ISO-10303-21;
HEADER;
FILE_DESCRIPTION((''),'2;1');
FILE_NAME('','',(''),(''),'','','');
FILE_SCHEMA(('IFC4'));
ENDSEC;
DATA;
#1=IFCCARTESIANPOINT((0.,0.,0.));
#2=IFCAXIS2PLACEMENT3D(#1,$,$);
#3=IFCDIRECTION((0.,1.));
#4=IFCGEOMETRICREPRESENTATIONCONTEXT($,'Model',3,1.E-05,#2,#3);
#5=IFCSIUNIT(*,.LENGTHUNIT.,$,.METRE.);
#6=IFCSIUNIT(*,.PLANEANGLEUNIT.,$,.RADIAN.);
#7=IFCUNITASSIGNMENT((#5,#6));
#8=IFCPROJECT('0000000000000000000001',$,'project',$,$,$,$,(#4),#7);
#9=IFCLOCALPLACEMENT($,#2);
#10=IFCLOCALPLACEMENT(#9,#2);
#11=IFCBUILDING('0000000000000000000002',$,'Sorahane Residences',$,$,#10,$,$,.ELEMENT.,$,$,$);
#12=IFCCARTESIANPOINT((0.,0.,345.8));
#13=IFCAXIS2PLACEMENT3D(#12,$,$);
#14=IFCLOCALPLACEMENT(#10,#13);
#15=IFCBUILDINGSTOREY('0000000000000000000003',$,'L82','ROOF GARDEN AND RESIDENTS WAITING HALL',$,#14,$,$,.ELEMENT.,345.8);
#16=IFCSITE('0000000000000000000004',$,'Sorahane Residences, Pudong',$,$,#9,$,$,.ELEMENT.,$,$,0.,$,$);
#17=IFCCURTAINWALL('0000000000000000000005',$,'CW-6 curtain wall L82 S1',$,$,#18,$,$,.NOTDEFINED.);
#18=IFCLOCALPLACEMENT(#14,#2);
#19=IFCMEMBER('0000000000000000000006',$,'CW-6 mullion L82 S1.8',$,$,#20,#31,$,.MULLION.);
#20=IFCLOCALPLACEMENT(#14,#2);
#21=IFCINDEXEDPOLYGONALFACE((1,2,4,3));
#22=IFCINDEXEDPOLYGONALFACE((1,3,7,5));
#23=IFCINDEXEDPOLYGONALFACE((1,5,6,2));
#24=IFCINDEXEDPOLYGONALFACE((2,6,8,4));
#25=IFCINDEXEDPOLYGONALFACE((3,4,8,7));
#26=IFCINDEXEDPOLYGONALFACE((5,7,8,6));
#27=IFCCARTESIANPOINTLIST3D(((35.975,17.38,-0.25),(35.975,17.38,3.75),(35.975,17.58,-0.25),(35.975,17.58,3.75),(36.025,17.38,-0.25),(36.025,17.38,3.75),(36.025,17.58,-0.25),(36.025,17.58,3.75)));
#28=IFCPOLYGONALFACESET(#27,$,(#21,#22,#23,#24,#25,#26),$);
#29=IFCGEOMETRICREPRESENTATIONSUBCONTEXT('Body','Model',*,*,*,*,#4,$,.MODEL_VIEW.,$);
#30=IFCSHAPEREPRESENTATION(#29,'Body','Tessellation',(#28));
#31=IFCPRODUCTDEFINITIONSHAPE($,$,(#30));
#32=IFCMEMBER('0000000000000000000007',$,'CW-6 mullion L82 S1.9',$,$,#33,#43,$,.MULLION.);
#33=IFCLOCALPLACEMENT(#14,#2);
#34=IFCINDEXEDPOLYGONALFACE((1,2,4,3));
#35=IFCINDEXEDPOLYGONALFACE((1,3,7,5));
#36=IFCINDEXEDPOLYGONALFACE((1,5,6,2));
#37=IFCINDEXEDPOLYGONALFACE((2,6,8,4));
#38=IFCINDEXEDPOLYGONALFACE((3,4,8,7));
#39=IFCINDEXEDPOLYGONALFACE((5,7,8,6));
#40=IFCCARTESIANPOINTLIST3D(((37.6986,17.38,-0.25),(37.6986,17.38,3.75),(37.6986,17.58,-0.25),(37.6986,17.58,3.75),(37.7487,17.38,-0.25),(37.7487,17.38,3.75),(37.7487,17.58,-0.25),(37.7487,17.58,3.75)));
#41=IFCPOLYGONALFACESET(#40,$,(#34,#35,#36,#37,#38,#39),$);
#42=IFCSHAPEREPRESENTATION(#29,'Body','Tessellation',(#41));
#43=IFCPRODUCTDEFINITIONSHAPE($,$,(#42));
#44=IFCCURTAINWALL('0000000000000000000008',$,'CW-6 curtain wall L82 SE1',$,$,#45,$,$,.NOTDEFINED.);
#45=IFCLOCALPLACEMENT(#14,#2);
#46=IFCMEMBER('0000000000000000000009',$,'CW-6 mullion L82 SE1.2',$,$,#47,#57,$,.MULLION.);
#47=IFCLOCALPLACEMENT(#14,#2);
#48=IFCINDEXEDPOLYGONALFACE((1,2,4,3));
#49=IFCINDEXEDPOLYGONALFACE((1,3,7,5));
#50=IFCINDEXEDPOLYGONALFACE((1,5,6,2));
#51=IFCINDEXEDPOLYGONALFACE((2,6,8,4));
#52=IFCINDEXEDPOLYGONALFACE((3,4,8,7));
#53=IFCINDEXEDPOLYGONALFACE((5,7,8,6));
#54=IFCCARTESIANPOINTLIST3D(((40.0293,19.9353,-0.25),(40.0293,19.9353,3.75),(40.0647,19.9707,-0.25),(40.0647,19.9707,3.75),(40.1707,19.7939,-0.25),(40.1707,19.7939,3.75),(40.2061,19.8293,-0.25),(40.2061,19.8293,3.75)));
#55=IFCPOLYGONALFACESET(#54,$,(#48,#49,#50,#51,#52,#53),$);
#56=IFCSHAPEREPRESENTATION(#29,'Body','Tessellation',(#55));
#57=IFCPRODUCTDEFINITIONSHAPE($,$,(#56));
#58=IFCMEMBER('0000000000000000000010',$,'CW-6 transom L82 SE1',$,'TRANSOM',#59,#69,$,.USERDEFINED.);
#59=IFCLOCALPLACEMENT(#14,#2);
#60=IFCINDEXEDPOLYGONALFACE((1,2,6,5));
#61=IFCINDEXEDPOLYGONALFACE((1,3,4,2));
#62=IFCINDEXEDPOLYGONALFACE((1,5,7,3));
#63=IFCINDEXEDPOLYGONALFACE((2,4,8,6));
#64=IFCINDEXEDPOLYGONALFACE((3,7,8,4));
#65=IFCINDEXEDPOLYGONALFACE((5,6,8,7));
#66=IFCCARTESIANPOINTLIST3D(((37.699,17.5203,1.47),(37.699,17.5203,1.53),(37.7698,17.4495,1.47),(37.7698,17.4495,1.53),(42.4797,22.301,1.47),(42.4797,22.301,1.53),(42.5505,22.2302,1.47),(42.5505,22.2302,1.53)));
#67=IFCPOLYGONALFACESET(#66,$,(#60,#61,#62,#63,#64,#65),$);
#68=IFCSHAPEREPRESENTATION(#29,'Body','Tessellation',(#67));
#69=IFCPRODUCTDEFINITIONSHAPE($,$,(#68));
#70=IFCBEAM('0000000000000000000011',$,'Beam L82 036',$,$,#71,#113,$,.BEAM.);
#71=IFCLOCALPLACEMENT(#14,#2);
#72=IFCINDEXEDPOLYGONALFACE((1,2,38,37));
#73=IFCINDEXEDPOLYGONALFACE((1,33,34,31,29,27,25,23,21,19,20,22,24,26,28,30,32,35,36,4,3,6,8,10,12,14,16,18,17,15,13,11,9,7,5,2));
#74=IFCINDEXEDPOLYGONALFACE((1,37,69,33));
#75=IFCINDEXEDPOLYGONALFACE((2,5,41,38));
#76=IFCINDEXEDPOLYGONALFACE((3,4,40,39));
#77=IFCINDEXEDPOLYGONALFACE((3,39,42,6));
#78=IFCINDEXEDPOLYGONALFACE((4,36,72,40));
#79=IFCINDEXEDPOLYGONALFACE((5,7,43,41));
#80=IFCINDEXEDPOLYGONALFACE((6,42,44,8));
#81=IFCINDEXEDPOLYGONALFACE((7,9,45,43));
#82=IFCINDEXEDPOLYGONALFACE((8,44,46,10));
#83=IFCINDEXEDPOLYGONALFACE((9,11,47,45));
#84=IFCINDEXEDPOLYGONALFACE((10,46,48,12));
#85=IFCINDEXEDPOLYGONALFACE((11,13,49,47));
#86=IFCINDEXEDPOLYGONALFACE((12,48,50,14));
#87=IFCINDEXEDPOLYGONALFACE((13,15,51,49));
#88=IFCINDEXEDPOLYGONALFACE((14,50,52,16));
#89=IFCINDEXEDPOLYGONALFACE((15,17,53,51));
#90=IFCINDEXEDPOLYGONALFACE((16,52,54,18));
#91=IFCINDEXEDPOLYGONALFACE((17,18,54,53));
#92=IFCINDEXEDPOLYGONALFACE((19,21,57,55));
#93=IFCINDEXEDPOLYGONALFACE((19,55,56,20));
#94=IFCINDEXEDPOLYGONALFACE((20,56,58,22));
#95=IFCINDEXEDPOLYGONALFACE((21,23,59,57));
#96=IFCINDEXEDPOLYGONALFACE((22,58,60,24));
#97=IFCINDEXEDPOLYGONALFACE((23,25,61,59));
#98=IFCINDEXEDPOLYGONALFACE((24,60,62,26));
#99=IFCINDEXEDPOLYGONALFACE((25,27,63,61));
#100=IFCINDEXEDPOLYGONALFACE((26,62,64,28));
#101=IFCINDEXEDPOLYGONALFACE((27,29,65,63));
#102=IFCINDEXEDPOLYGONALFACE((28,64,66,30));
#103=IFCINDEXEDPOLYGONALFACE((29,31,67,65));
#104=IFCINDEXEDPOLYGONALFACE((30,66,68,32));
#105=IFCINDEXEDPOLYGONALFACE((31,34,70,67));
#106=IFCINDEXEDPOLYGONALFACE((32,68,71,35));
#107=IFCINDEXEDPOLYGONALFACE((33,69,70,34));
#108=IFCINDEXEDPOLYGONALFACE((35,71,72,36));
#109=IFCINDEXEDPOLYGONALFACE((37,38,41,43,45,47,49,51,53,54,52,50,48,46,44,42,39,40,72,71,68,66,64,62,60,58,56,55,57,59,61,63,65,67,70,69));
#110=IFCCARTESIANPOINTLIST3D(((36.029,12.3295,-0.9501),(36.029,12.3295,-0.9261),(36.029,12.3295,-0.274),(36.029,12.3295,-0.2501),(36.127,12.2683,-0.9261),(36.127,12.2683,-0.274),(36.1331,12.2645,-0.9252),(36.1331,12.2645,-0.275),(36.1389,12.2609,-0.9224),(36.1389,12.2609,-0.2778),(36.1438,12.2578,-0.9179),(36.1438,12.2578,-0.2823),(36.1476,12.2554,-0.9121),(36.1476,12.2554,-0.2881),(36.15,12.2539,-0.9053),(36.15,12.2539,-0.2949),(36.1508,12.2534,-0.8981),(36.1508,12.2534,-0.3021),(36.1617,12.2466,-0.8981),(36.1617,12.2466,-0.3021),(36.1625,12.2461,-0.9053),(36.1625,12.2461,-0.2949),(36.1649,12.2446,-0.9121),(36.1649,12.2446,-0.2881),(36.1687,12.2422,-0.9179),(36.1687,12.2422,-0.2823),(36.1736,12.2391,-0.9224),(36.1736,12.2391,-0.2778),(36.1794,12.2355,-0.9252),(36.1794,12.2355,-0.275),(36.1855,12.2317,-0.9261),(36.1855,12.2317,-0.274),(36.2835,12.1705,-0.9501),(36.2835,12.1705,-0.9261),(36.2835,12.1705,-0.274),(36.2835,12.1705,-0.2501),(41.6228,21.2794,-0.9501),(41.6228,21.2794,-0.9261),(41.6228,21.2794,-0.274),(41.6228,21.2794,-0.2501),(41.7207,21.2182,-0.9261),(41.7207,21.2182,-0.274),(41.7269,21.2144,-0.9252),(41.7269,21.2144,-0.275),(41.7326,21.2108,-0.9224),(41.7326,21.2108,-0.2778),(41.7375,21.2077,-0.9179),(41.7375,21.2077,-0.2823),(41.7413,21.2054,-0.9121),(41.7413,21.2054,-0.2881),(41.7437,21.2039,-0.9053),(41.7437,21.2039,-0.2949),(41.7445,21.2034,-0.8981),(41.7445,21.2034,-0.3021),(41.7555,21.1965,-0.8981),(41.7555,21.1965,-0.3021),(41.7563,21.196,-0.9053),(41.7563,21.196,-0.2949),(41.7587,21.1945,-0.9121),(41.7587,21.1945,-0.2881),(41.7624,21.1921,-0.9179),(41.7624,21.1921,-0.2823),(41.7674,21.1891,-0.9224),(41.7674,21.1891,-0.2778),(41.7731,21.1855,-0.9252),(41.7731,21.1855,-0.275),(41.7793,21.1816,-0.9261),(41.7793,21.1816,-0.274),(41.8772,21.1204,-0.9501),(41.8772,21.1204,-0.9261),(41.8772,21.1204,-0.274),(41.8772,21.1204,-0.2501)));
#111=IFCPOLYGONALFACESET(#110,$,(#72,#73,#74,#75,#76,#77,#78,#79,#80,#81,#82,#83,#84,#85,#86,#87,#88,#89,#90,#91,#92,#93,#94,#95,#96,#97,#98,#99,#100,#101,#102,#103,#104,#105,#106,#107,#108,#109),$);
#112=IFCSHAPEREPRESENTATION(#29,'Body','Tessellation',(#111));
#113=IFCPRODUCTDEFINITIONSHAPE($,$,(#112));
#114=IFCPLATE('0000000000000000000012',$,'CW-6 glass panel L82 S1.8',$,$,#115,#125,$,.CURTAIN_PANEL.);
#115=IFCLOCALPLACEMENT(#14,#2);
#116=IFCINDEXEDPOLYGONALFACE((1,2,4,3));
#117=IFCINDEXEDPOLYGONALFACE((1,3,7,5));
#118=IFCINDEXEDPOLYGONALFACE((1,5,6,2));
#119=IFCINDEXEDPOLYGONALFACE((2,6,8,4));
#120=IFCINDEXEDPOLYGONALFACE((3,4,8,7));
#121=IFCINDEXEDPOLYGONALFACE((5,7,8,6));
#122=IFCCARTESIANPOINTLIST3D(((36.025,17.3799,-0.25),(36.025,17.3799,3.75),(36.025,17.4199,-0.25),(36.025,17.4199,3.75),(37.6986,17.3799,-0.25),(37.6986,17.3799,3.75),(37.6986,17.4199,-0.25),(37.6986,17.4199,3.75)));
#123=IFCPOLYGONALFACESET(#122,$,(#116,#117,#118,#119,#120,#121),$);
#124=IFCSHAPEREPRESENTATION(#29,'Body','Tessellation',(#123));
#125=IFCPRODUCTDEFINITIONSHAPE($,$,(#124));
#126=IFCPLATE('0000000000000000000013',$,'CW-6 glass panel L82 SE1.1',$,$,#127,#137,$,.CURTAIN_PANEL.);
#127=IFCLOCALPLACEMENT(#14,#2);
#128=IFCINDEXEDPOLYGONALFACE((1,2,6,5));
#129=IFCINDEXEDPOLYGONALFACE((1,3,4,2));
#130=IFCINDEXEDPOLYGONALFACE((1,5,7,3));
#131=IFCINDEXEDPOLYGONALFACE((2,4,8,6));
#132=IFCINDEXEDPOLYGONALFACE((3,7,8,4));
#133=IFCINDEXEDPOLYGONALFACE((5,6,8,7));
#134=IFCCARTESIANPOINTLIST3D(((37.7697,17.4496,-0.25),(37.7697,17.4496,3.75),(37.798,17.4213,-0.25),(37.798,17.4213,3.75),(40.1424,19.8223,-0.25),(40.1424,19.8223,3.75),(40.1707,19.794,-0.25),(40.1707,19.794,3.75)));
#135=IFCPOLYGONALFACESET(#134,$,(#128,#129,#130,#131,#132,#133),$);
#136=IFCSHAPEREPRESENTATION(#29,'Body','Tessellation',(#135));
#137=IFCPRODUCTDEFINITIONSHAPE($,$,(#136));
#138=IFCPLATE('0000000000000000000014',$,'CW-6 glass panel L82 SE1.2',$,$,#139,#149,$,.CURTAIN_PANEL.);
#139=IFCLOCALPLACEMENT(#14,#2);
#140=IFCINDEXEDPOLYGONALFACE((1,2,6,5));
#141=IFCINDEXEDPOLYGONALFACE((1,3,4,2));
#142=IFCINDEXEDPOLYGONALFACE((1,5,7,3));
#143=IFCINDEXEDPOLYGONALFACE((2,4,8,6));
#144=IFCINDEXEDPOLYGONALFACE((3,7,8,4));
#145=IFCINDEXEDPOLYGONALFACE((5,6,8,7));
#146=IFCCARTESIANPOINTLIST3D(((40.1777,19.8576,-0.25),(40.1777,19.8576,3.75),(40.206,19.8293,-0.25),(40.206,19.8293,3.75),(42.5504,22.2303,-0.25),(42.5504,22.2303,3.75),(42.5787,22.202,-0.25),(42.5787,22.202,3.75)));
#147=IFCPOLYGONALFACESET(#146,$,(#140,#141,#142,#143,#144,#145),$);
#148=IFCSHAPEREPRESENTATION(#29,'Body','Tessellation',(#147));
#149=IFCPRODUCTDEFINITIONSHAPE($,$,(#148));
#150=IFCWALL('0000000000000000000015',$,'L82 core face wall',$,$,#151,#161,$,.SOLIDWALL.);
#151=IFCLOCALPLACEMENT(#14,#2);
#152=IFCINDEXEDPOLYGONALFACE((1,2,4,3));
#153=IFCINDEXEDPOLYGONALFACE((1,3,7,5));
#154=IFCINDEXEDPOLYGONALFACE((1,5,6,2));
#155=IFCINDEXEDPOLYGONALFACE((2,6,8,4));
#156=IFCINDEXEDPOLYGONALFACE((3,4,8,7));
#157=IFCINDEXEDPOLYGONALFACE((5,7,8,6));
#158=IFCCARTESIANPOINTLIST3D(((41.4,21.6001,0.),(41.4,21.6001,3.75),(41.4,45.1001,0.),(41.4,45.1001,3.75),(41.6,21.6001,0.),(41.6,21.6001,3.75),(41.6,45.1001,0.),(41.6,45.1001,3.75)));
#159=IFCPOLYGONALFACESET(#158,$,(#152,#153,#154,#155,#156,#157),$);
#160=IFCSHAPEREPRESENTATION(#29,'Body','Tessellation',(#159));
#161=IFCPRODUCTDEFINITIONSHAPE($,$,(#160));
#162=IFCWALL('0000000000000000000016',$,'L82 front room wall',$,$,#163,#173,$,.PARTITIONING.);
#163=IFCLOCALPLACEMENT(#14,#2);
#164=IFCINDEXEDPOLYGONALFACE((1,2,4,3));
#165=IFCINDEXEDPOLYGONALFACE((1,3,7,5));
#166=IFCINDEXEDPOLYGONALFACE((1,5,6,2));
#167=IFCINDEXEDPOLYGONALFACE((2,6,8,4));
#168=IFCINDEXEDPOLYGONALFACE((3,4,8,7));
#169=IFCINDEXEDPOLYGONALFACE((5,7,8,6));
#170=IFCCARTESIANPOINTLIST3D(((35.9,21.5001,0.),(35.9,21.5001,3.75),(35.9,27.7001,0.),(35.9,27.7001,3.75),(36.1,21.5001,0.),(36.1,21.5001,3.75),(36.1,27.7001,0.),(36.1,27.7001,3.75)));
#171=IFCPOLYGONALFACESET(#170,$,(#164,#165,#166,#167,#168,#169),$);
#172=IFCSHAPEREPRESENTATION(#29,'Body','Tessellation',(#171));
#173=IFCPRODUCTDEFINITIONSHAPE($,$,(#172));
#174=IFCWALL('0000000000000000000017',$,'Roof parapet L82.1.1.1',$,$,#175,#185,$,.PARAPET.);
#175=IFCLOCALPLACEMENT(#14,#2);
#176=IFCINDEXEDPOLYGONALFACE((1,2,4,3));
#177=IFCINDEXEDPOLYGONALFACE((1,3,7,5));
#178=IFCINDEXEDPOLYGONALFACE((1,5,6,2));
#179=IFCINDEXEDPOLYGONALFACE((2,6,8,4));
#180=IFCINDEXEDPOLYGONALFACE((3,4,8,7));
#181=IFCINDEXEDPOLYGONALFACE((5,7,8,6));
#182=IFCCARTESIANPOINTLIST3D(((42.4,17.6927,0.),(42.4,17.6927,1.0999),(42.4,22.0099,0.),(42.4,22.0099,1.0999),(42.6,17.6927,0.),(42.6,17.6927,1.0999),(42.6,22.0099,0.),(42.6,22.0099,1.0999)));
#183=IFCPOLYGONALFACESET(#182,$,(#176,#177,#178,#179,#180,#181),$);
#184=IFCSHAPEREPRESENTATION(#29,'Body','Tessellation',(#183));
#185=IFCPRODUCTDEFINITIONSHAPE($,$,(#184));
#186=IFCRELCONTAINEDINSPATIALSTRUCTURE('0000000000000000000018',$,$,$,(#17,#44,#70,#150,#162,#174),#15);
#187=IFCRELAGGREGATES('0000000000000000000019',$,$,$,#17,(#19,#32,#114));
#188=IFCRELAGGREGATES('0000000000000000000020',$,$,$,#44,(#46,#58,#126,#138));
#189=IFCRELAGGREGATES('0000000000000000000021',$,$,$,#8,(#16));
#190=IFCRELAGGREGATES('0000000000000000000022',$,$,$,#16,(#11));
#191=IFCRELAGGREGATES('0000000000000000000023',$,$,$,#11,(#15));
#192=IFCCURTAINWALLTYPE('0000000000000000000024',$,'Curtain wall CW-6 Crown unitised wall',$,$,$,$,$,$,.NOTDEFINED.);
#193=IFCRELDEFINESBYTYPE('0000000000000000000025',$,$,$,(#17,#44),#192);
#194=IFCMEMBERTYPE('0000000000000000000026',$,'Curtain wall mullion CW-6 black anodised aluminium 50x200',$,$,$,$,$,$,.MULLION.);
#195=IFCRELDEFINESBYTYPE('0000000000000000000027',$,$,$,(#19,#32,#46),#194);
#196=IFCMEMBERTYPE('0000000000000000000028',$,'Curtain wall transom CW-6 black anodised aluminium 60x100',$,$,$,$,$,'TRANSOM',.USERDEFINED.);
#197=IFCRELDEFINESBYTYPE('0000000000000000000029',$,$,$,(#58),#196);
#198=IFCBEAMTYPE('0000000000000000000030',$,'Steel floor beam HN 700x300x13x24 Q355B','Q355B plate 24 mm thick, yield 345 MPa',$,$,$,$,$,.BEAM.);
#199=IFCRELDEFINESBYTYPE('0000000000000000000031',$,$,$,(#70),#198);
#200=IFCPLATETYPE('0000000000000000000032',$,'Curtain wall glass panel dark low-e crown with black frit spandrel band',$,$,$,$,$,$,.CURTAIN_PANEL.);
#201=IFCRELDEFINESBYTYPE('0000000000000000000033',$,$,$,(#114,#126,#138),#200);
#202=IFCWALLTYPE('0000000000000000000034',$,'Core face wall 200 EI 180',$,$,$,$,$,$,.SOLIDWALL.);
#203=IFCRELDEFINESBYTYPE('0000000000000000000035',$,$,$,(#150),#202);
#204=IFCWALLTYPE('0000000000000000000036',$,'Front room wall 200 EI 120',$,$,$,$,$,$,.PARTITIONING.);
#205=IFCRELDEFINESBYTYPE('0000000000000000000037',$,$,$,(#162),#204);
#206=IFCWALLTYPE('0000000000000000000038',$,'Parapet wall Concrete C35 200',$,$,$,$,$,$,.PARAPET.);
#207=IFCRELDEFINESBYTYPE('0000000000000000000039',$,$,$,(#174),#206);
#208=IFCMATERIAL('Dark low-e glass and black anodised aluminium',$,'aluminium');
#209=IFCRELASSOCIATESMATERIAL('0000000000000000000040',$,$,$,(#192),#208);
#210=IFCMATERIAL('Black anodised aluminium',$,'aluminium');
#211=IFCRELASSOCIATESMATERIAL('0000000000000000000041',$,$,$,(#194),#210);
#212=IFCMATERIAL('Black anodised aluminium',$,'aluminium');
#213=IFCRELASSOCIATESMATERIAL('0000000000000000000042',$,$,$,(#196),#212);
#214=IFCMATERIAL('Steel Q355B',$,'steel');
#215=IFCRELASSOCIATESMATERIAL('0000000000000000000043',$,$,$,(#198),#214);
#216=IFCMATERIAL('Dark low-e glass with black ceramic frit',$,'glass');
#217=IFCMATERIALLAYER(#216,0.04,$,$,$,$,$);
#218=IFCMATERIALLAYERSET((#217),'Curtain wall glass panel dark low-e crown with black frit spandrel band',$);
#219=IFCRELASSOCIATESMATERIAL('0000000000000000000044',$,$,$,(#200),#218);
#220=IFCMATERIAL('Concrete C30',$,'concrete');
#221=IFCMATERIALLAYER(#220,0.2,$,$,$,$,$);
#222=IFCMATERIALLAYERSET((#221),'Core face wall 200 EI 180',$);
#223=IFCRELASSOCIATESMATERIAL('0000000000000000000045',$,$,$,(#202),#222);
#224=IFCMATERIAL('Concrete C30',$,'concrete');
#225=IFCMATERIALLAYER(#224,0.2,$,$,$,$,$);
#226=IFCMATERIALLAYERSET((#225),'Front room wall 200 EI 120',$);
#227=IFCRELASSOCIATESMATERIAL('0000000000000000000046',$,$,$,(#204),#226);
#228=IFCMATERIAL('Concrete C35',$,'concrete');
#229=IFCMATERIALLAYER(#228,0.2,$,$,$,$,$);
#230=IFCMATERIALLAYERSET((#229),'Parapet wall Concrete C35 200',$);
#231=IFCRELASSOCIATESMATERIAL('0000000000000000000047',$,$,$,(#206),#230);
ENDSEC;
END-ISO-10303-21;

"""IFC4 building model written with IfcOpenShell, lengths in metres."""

from ifc_helpers import new_model, si_unit, direction, frame, frame_2d, origin, origin_2d, place, context, subcontext, project, spatial, rectangle, i_section, extrude, material, layer, layer_set, material_profile, profile_set, type_object, element, aggregate, save


model = new_model("IFC4")

# Units and contexts
model_context = context("Model", 3, precision=1e-05, world=origin(), true_north=direction((0.0, 1.0)))
body_context = subcontext(model_context, "Body", "Model", "MODEL_VIEW")
ifc_project = project(units=[si_unit("LENGTHUNIT", "METRE"), si_unit("PLANEANGLEUNIT", "RADIAN")], contexts=[model_context])

# Site, building, storey
site_placement = place(None, origin())
site = spatial("IfcSite", under=ifc_project, at=site_placement, Name="Sorahane Residences, Pudong", CompositionType="ELEMENT", RefElevation=0.0)
building_placement = place(site_placement, origin())
building = spatial("IfcBuilding", under=site, at=building_placement, Name="Sorahane Residences", CompositionType="ELEMENT")
storey_placement = place(building_placement, frame((0.0, 0.0, 345.8)))
storey = spatial("IfcBuildingStorey", under=building, at=storey_placement, Name="L82", Description="ROOF GARDEN AND RESIDENTS WAITING HALL", CompositionType="ELEMENT", Elevation=345.8)

# Curtain walls, members
ifc_material_1 = material(Name="Dark low-e glass and black anodised aluminium", Category="aluminium")
curtain_wall_type = type_object("IfcCurtainWallType", Name="Curtain wall CW-6 Crown unitised wall", PredefinedType="NOTDEFINED", material=ifc_material_1)
curtain_wall_1_placement = place(storey_placement, origin())
curtain_wall_1 = element("IfcCurtainWall", 1, at=curtain_wall_1_placement, inside=storey, type_object=curtain_wall_type, Name="CW-6 curtain wall L82 S1", PredefinedType="NOTDEFINED")
ifc_material_2 = material(Name="Black anodised aluminium", Category="aluminium")
ifc_material_profile_1 = material_profile(ifc_material_2, rectangle(XDim=0.2, YDim=0.05, at=origin_2d()), Name="Curtain wall mullion CW-6 black anodised aluminium 50x200")
ifc_profile_set_1 = profile_set([ifc_material_profile_1], Name="Black anodised aluminium")
member_type_1 = type_object("IfcMemberType", Name="Curtain wall mullion CW-6 black anodised aluminium 50x200", PredefinedType="MULLION", material=ifc_profile_set_1)
member_1_placement = place(storey_placement, frame((36.0, 17.48, -0.25), z_axis=(0.0, 0.0, 1.0), x_axis=(0.0, -1.0, 0.0)))
member_1 = element("IfcMember", 2, at=member_1_placement, type_object=member_type_1, Name="CW-6 mullion L82 S1.8", PredefinedType="MULLION", context=body_context, shape_type="SweptSolid", body=[
    extrude(rectangle(XDim=0.2, YDim=0.05, at=origin_2d()), origin(), (0.0, 0.0, 1.0), 4.0),
])
member_2_placement = place(storey_placement, frame((37.7236, 17.48, -0.25), z_axis=(0.0, 0.0, 1.0), x_axis=(0.0, -1.0, 0.0)))
member_2 = element("IfcMember", 3, at=member_2_placement, type_object=member_type_1, Name="CW-6 mullion L82 S1.9", PredefinedType="MULLION", context=body_context, shape_type="SweptSolid", body=[
    extrude(rectangle(XDim=0.2, YDim=0.05, at=origin_2d()), origin(), (0.0, 0.0, 1.0), 4.0),
])
curtain_wall_2_placement = place(storey_placement, origin())
curtain_wall_2 = element("IfcCurtainWall", 4, at=curtain_wall_2_placement, inside=storey, type_object=curtain_wall_type, Name="CW-6 curtain wall L82 SE1", PredefinedType="NOTDEFINED")
member_3_placement = place(storey_placement, frame((40.1177, 19.8823, -0.25), z_axis=(0.0, 0.0, 1.0), x_axis=(0.707107, -0.707107, 0.0)))
member_3 = element("IfcMember", 5, at=member_3_placement, type_object=member_type_1, Name="CW-6 mullion L82 SE1.2", PredefinedType="MULLION", context=body_context, shape_type="SweptSolid", body=[
    extrude(rectangle(XDim=0.2, YDim=0.05, at=origin_2d()), origin(), (0.0, 0.0, 1.0), 4.0),
])
ifc_material_3 = material(Name="Black anodised aluminium", Category="aluminium")
ifc_material_profile_2 = material_profile(ifc_material_3, rectangle(XDim=0.1001, YDim=0.0601, at=origin_2d()), Name="Curtain wall transom CW-6 black anodised aluminium 60x100")
ifc_profile_set_2 = profile_set([ifc_material_profile_2], Name="Black anodised aluminium")
member_type_2 = type_object("IfcMemberType", Name="Curtain wall transom CW-6 black anodised aluminium 60x100", ElementType="TRANSOM", PredefinedType="USERDEFINED", material=ifc_profile_set_2)
member_4_placement = place(storey_placement, frame((37.7344, 17.4849, 1.5), z_axis=(0.707107, 0.707107, 0.0), x_axis=(-0.707107, 0.707107, 0.0)))
member_4 = element("IfcMember", 6, at=member_4_placement, type_object=member_type_2, Name="CW-6 transom L82 SE1", ObjectType="TRANSOM", PredefinedType="USERDEFINED", context=body_context, shape_type="SweptSolid", body=[
    extrude(rectangle(XDim=0.1001, YDim=0.0601, at=origin_2d()), origin(), (0.0, 0.0, 1.0), 6.761),
])

# Beam
ifc_material_4 = material(Name="Steel Q355B", Category="steel")
ifc_material_profile_3 = material_profile(ifc_material_4, i_section(OverallWidth=0.3, OverallDepth=0.7, WebThickness=0.0129, FlangeThickness=0.0239, FilletRadius=0.0281, at=origin_2d()), Name="HN 700x300x13x24")
ifc_profile_set_3 = profile_set([ifc_material_profile_3], Name="Steel Q355B")
beam_type = type_object("IfcBeamType", Name="Steel floor beam HN 700x300x13x24 Q355B", Description="Q355B plate 24 mm thick, yield 345 MPa", PredefinedType="BEAM", material=ifc_profile_set_3)
beam_placement = place(storey_placement, frame((36.1562, 12.25, -0.6001), z_axis=(0.530001, 0.847997, 0.0), x_axis=(-0.847997, 0.530001, 0.0)))
element("IfcBeam", 7, at=beam_placement, inside=storey, type_object=beam_type, Name="Beam L82 036", PredefinedType="BEAM", context=body_context, shape_type="SweptSolid", body=[
    extrude(i_section(OverallWidth=0.3, OverallDepth=0.7, WebThickness=0.0129, FlangeThickness=0.0239, FilletRadius=0.0281, at=origin_2d()), origin(), (0.0, 0.0, 1.0), 10.5542),
])

# Plates
ifc_material_5 = material(Name="Dark low-e glass with black ceramic frit", Category="glass")
ifc_layer_1 = layer(ifc_material_5, 0.04)
ifc_layer_set_1 = layer_set([ifc_layer_1], Name="Curtain wall glass panel dark low-e crown with black frit spandrel band")
plate_type = type_object("IfcPlateType", Name="Curtain wall glass panel dark low-e crown with black frit spandrel band", PredefinedType="CURTAIN_PANEL", material=ifc_layer_set_1)
plate_1_placement = place(storey_placement, frame((36.8618, 17.3999, -0.25), z_axis=(0.0, 0.0, 1.0), x_axis=(1.0, 0.0, 0.0)))
plate_1 = element("IfcPlate", 8, at=plate_1_placement, type_object=plate_type, Name="CW-6 glass panel L82 S1.8", PredefinedType="CURTAIN_PANEL", context=body_context, shape_type="SweptSolid", body=[
    extrude(rectangle(XDim=1.6736, YDim=0.04, at=origin_2d()), origin(), (0.0, 0.0, 1.0), 4.0),
])
aggregate(curtain_wall_1, [member_1, member_2, plate_1])
plate_2_placement = place(storey_placement, frame((38.9702, 18.6218, -0.25), z_axis=(0.0, 0.0, 1.0), x_axis=(0.707107, 0.707107, 0.0)))
plate_2 = element("IfcPlate", 9, at=plate_2_placement, type_object=plate_type, Name="CW-6 glass panel L82 SE1.1", PredefinedType="CURTAIN_PANEL", context=body_context, shape_type="SweptSolid", body=[
    extrude(rectangle(XDim=3.3555, YDim=0.04, at=origin_2d()), origin(), (0.0, 0.0, 1.0), 4.0),
])
plate_3_placement = place(storey_placement, frame((41.3782, 21.0298, -0.25), z_axis=(0.0, 0.0, 1.0), x_axis=(0.707107, 0.707107, 0.0)))
plate_3 = element("IfcPlate", 10, at=plate_3_placement, type_object=plate_type, Name="CW-6 glass panel L82 SE1.2", PredefinedType="CURTAIN_PANEL", context=body_context, shape_type="SweptSolid", body=[
    extrude(rectangle(XDim=3.3555, YDim=0.04, at=origin_2d()), origin(), (0.0, 0.0, 1.0), 4.0),
])
aggregate(curtain_wall_2, [member_3, member_4, plate_2, plate_3])

# Walls
ifc_material_6 = material(Name="Concrete C30", Category="concrete")
ifc_layer_2 = layer(ifc_material_6, 0.2)
ifc_layer_set_2 = layer_set([ifc_layer_2], Name="Core face wall 200 EI 180")
wall_type_1 = type_object("IfcWallType", Name="Core face wall 200 EI 180", PredefinedType="SOLIDWALL", material=ifc_layer_set_2)
wall_1_placement = place(storey_placement, frame((41.5, 21.6001, 0.0), z_axis=(0.0, 0.0, 1.0), x_axis=(0.0, 1.0, 0.0)))
element("IfcWall", 11, at=wall_1_placement, inside=storey, type_object=wall_type_1, Name="L82 core face wall", PredefinedType="SOLIDWALL", context=body_context, shape_type="SweptSolid", body=[
    extrude(rectangle(XDim=23.5, YDim=0.2, at=frame_2d((11.75, 0.0))), origin(), (0.0, 0.0, 1.0), 3.75),
])
ifc_material_7 = material(Name="Concrete C30", Category="concrete")
ifc_layer_3 = layer(ifc_material_7, 0.2)
ifc_layer_set_3 = layer_set([ifc_layer_3], Name="Front room wall 200 EI 120")
wall_type_2 = type_object("IfcWallType", Name="Front room wall 200 EI 120", PredefinedType="PARTITIONING", material=ifc_layer_set_3)
wall_2_placement = place(storey_placement, frame((36.0, 21.5, 0.0), z_axis=(0.0, 0.0, 1.0), x_axis=(0.0, 1.0, 0.0)))
element("IfcWall", 12, at=wall_2_placement, inside=storey, type_object=wall_type_2, Name="L82 front room wall", PredefinedType="PARTITIONING", context=body_context, shape_type="SweptSolid", body=[
    extrude(rectangle(XDim=6.2, YDim=0.2, at=frame_2d((3.1001, 0.0))), origin(), (0.0, 0.0, 1.0), 3.75),
])
ifc_material_8 = material(Name="Concrete C35", Category="concrete")
ifc_layer_4 = layer(ifc_material_8, 0.2)
ifc_layer_set_4 = layer_set([ifc_layer_4], Name="Parapet wall Concrete C35 200")
wall_type_3 = type_object("IfcWallType", Name="Parapet wall Concrete C35 200", PredefinedType="PARAPET", material=ifc_layer_set_4)
wall_3_placement = place(storey_placement, frame((42.5, 22.01, 0.0), z_axis=(0.0, 0.0, 1.0), x_axis=(0.0, -1.0, 0.0)))
element("IfcWall", 13, at=wall_3_placement, inside=storey, type_object=wall_type_3, Name="Roof parapet L82.1.1.1", PredefinedType="PARAPET", context=body_context, shape_type="SweptSolid", body=[
    extrude(rectangle(XDim=4.3171, YDim=0.2, at=frame_2d((2.1587, 0.0))), origin(), (0.0, 0.0, 1.0), 1.0999),
])

save(model, "model.ifc")
